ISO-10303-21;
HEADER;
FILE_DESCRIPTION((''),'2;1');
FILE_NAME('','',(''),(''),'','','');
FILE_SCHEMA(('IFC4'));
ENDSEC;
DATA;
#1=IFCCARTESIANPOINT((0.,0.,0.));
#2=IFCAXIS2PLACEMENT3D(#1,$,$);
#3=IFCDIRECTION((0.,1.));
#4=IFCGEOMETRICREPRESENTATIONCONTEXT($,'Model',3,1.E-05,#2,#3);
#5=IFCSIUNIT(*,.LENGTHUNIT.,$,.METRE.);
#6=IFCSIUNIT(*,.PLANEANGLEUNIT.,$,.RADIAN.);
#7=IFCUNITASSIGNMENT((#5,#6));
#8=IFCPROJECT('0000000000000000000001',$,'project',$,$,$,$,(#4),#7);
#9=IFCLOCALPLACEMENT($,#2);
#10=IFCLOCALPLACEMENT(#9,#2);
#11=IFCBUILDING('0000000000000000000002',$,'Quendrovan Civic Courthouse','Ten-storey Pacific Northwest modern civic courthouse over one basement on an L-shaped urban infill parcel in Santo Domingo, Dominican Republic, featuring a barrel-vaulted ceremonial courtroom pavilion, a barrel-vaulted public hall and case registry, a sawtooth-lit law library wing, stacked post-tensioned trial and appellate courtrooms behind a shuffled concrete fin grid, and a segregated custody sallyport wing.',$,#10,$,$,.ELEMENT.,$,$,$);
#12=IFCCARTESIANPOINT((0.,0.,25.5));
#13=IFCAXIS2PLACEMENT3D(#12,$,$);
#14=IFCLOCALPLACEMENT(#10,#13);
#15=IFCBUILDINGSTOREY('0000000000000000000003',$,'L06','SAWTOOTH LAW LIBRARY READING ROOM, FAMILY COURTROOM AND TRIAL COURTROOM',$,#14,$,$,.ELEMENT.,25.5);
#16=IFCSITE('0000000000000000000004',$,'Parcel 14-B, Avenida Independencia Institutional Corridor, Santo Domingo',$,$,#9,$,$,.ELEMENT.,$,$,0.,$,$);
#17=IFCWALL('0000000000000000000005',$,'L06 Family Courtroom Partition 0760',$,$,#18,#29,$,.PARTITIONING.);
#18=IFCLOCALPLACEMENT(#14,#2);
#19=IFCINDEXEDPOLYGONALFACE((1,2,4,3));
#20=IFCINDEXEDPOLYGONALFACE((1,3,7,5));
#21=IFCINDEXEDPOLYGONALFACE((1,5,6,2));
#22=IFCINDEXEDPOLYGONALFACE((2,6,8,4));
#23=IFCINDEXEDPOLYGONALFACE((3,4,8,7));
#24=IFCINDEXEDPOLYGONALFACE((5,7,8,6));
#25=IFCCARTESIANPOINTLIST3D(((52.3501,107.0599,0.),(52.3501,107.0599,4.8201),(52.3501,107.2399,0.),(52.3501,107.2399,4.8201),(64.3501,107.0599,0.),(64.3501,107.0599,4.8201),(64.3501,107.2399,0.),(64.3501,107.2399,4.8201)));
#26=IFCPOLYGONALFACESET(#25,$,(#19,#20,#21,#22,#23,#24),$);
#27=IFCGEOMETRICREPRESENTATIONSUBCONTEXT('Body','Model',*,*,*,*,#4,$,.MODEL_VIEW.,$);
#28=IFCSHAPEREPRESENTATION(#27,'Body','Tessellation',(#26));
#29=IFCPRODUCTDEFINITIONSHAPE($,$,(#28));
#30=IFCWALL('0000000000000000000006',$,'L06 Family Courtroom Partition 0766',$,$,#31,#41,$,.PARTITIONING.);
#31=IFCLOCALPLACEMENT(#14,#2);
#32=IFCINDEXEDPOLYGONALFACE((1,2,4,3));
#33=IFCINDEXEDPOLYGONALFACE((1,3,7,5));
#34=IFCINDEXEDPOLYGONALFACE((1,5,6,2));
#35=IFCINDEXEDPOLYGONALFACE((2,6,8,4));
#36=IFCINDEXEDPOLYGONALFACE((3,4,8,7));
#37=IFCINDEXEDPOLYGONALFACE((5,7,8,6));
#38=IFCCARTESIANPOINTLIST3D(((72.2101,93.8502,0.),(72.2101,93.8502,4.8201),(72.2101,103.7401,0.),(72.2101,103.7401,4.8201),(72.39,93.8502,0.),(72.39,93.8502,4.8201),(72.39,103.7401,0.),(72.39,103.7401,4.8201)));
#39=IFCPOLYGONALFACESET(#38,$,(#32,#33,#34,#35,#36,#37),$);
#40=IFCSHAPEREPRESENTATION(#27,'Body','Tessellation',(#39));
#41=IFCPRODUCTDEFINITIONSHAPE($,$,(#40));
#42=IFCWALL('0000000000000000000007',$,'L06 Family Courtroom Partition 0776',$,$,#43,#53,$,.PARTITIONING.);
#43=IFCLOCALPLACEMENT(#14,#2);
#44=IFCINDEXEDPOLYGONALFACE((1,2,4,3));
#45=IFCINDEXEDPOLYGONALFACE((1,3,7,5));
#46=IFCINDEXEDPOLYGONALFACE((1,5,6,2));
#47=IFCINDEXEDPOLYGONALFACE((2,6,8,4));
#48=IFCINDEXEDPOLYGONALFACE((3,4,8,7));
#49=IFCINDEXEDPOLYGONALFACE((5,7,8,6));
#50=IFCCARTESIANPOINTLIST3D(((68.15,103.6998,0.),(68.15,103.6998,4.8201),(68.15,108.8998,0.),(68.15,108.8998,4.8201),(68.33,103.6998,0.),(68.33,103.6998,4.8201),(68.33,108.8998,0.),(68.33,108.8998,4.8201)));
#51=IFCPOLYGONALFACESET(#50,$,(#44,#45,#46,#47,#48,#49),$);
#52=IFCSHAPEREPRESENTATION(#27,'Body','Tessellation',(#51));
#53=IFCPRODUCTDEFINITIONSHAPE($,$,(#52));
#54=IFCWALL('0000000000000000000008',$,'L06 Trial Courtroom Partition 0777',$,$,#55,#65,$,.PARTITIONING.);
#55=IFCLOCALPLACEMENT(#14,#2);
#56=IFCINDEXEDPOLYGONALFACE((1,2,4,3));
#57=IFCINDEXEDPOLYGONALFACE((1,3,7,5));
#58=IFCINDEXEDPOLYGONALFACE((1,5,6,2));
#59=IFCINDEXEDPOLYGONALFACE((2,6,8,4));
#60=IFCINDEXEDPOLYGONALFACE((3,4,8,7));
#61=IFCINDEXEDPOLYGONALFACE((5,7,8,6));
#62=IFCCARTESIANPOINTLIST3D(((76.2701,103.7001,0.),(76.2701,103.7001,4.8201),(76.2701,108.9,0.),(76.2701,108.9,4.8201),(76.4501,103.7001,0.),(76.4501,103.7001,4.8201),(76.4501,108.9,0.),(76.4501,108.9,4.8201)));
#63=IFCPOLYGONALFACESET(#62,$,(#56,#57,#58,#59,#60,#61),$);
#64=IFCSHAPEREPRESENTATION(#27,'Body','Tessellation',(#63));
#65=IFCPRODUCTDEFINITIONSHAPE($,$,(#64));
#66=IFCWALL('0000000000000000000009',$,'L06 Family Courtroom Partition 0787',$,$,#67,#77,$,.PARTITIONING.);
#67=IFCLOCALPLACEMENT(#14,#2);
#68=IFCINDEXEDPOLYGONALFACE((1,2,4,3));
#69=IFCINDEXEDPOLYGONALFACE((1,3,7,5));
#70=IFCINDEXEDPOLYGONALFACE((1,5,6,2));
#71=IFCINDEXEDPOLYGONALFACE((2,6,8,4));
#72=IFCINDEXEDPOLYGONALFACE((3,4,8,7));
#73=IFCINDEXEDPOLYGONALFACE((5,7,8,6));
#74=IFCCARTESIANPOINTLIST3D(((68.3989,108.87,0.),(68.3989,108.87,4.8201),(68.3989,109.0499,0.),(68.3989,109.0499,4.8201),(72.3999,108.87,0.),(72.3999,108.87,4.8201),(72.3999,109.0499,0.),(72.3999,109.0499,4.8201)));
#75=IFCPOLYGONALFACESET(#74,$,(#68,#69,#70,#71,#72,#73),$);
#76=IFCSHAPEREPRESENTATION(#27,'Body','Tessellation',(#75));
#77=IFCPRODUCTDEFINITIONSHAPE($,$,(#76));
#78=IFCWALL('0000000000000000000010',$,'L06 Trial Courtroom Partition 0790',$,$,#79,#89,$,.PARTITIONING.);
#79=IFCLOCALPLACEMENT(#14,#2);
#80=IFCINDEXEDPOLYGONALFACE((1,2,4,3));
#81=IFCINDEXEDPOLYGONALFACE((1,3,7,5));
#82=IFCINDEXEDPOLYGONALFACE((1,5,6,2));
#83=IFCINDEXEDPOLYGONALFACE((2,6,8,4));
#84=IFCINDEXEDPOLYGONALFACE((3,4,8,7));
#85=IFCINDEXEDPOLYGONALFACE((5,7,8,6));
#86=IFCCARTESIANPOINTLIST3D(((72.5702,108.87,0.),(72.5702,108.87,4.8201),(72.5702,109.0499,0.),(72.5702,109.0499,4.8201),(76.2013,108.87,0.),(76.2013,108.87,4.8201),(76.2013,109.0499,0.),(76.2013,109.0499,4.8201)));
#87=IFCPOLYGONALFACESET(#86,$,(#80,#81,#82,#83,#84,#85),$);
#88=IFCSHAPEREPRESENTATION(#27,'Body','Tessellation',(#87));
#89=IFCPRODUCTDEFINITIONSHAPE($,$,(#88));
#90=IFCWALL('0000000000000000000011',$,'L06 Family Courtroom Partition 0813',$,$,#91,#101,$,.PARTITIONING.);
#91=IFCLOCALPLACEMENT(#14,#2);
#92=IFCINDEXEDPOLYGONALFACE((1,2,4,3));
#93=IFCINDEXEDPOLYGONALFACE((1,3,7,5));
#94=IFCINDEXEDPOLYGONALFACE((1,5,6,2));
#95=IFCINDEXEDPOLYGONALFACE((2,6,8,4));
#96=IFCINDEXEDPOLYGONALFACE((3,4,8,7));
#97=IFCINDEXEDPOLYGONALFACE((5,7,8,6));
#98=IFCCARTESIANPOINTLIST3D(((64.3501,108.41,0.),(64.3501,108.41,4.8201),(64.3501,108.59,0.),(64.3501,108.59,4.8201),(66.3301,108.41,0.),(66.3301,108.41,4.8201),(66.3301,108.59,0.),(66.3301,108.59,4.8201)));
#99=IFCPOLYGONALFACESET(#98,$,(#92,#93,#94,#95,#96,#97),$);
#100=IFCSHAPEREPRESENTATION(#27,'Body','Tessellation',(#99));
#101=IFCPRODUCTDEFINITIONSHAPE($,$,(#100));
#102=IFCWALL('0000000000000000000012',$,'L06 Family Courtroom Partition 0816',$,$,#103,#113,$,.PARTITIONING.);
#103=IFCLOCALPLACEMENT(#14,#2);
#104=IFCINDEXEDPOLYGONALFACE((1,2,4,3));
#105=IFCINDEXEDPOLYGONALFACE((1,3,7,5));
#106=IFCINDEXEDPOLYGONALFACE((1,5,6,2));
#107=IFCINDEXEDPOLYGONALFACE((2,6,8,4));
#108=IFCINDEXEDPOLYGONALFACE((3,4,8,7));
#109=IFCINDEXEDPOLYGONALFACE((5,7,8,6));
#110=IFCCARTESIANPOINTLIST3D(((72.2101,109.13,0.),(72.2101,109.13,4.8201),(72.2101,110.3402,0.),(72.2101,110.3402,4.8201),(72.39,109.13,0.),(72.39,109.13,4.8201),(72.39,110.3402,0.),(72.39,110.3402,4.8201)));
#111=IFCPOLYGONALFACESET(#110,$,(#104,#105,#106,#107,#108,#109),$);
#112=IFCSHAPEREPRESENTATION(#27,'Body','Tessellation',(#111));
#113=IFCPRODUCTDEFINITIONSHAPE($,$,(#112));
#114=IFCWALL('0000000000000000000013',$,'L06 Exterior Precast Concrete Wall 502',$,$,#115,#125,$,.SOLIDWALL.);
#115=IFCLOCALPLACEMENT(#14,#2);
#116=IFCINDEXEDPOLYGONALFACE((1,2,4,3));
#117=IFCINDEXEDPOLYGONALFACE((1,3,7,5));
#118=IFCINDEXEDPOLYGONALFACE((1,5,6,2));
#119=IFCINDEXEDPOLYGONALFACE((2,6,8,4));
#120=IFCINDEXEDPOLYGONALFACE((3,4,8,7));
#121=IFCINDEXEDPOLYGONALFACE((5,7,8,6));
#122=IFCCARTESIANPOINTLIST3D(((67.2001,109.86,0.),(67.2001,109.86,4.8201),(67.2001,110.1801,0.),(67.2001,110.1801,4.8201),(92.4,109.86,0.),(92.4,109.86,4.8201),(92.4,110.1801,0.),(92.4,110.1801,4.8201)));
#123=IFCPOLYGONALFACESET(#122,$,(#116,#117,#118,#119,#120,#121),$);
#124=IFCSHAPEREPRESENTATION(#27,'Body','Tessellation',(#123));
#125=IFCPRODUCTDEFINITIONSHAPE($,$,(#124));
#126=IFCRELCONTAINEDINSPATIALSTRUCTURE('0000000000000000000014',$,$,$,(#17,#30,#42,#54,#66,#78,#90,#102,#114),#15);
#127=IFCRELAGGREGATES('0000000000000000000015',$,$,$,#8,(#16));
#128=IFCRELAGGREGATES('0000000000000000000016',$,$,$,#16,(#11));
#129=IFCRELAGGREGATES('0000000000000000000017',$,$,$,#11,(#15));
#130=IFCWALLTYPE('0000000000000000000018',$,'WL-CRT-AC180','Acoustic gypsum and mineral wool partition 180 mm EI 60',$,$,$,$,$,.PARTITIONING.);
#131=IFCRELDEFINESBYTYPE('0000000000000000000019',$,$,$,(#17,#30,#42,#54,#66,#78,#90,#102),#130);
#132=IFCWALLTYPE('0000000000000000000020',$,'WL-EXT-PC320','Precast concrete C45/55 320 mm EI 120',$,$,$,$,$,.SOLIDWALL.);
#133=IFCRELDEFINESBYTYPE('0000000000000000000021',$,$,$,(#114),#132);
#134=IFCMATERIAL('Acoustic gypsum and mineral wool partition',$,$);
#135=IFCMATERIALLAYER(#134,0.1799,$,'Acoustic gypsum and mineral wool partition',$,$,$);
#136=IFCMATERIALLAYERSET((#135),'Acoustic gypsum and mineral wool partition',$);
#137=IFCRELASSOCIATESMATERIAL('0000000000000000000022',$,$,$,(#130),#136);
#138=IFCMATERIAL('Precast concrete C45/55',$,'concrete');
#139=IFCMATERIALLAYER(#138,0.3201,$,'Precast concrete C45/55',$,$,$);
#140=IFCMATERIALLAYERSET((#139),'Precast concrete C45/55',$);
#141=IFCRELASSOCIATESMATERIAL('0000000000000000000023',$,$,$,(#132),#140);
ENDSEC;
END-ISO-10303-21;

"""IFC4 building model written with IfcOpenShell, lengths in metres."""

from ifc_helpers import new_model, si_unit, direction, frame, frame_2d, origin, place, context, subcontext, project, spatial, rectangle, extrude, material, layer, layer_set, type_object, element, save


model = new_model("IFC4")

# Units and contexts
model_context = context("Model", 3, precision=1e-05, world=origin(), true_north=direction((0.0, 1.0)))
body_context = subcontext(model_context, "Body", "Model", "MODEL_VIEW")
ifc_project = project(units=[si_unit("LENGTHUNIT", "METRE"), si_unit("PLANEANGLEUNIT", "RADIAN")], contexts=[model_context])

# Site, building, storey
site_placement = place(None, origin())
site = spatial("IfcSite", under=ifc_project, at=site_placement, Name="Parcel 14-B, Avenida Independencia Institutional Corridor, Santo Domingo", CompositionType="ELEMENT", RefElevation=0.0)
building_placement = place(site_placement, origin())
building = spatial("IfcBuilding", under=site, at=building_placement, Name="Quendrovan Civic Courthouse", Description="Ten-storey Pacific Northwest modern civic courthouse over one basement on an L-shaped urban infill parcel in Santo Domingo, Dominican Republic, featuring a barrel-vaulted ceremonial courtroom pavilion, a barrel-vaulted public hall and case registry, a sawtooth-lit law library wing, stacked post-tensioned trial and appellate courtrooms behind a shuffled concrete fin grid, and a segregated custody sallyport wing.", CompositionType="ELEMENT")
storey_placement = place(building_placement, frame((0.0, 0.0, 25.5)))
storey = spatial("IfcBuildingStorey", under=building, at=storey_placement, Name="L06", Description="SAWTOOTH LAW LIBRARY READING ROOM, FAMILY COURTROOM AND TRIAL COURTROOM", CompositionType="ELEMENT", Elevation=25.5)

# Shared definitions
ifc_material_1 = material(Name="Precast concrete C45/55", Category="concrete")

# Walls
ifc_material_2 = material(Name="Acoustic gypsum and mineral wool partition")
ifc_layer_1 = layer(ifc_material_2, 0.1799, Name="Acoustic gypsum and mineral wool partition")
ifc_layer_set_1 = layer_set([ifc_layer_1], Name="Acoustic gypsum and mineral wool partition")
wall_type_1 = type_object("IfcWallType", Name="WL-CRT-AC180", Description="Acoustic gypsum and mineral wool partition 180 mm EI 60", PredefinedType="PARTITIONING", material=ifc_layer_set_1)
wall_1_placement = place(storey_placement, frame((64.3501, 107.1499, 0.0), z_axis=(0.0, 0.0, 1.0), x_axis=(-1.0, 0.0, 0.0)))
element("IfcWall", 1, at=wall_1_placement, inside=storey, type_object=wall_type_1, Name="L06 Family Courtroom Partition 0760", PredefinedType="PARTITIONING", context=body_context, shape_type="SweptSolid", body=[
    extrude(rectangle(XDim=12.0, YDim=0.1799, at=frame_2d((6.0, 0.0))), origin(), (0.0, 0.0, 1.0), 4.8201),
])
wall_2_placement = place(storey_placement, frame((72.3, 103.74, 0.0), z_axis=(0.0, 0.0, 1.0), x_axis=(0.0, -1.0, 0.0)))
element("IfcWall", 2, at=wall_2_placement, inside=storey, type_object=wall_type_1, Name="L06 Family Courtroom Partition 0766", PredefinedType="PARTITIONING", context=body_context, shape_type="SweptSolid", body=[
    extrude(rectangle(XDim=9.8899, YDim=0.1799, at=frame_2d((4.9448, 0.0))), origin(), (0.0, 0.0, 1.0), 4.8201),
])
for number, where, z_axis, x_axis, name in (
    (3, (68.24, 108.8999, 0.0), (0.0, 0.0, 1.0), (0.0, -1.0, 0.0), "L06 Family Courtroom Partition 0776"),
    (4, (76.3601, 103.7, 0.0), (0.0, 0.0, 1.0), (0.0, 1.0, 0.0), "L06 Trial Courtroom Partition 0777"),
):
    element("IfcWall", number, at=place(storey_placement, frame(where, z_axis=z_axis, x_axis=x_axis)), inside=storey, type_object=wall_type_1, Name=name, PredefinedType="PARTITIONING", context=body_context, shape_type="SweptSolid", body=[
        extrude(rectangle(XDim=5.2, YDim=0.1799, at=frame_2d((2.6001, 0.0))), origin(), (0.0, 0.0, 1.0), 4.8201),
    ])
wall_3_placement = place(storey_placement, frame((72.3999, 108.96, 0.0), z_axis=(0.0, 0.0, 1.0), x_axis=(-1.0, 0.0, 0.0)))
element("IfcWall", 5, at=wall_3_placement, inside=storey, type_object=wall_type_1, Name="L06 Family Courtroom Partition 0787", PredefinedType="PARTITIONING", context=body_context, shape_type="SweptSolid", body=[
    extrude(rectangle(XDim=4.001, YDim=0.1799, at=frame_2d((2.0005, 0.0))), origin(), (0.0, 0.0, 1.0), 4.8201),
])
wall_4_placement = place(storey_placement, frame((76.2012, 108.96, 0.0), z_axis=(0.0, 0.0, 1.0), x_axis=(-1.0, 0.0, 0.0)))
element("IfcWall", 6, at=wall_4_placement, inside=storey, type_object=wall_type_1, Name="L06 Trial Courtroom Partition 0790", PredefinedType="PARTITIONING", context=body_context, shape_type="SweptSolid", body=[
    extrude(rectangle(XDim=3.6311, YDim=0.1799, at=frame_2d((1.8154, 0.0))), origin(), (0.0, 0.0, 1.0), 4.8201),
])
wall_5_placement = place(storey_placement, frame((66.3301, 108.5, 0.0), z_axis=(0.0, 0.0, 1.0), x_axis=(-1.0, 0.0, 0.0)))
element("IfcWall", 7, at=wall_5_placement, inside=storey, type_object=wall_type_1, Name="L06 Family Courtroom Partition 0813", PredefinedType="PARTITIONING", context=body_context, shape_type="SweptSolid", body=[
    extrude(rectangle(XDim=1.98, YDim=0.1799, at=frame_2d((0.99, 0.0))), origin(), (0.0, 0.0, 1.0), 4.8201),
])
wall_6_placement = place(storey_placement, frame((72.3, 110.3401, 0.0), z_axis=(0.0, 0.0, 1.0), x_axis=(0.0, -1.0, 0.0)))
element("IfcWall", 8, at=wall_6_placement, inside=storey, type_object=wall_type_1, Name="L06 Family Courtroom Partition 0816", PredefinedType="PARTITIONING", context=body_context, shape_type="SweptSolid", body=[
    extrude(rectangle(XDim=1.2102, YDim=0.1799, at=frame_2d((0.605, 0.0))), origin(), (0.0, 0.0, 1.0), 4.8201),
])
ifc_layer_2 = layer(ifc_material_1, 0.3201, Name="Precast concrete C45/55")
ifc_layer_set_2 = layer_set([ifc_layer_2], Name="Precast concrete C45/55")
wall_type_2 = type_object("IfcWallType", Name="WL-EXT-PC320", Description="Precast concrete C45/55 320 mm EI 120", PredefinedType="SOLIDWALL", material=ifc_layer_set_2)
wall_7_placement = place(storey_placement, frame((67.2, 110.02, 0.0), z_axis=(0.0, 0.0, 1.0), x_axis=(1.0, 0.0, 0.0)))
element("IfcWall", 9, at=wall_7_placement, inside=storey, type_object=wall_type_2, Name="L06 Exterior Precast Concrete Wall 502", PredefinedType="SOLIDWALL", context=body_context, shape_type="SweptSolid", body=[
    extrude(rectangle(XDim=25.2, YDim=0.3201, at=frame_2d((12.6001, 0.0))), origin(), (0.0, 0.0, 1.0), 4.8201),
])

save(model, "model.ifc")
